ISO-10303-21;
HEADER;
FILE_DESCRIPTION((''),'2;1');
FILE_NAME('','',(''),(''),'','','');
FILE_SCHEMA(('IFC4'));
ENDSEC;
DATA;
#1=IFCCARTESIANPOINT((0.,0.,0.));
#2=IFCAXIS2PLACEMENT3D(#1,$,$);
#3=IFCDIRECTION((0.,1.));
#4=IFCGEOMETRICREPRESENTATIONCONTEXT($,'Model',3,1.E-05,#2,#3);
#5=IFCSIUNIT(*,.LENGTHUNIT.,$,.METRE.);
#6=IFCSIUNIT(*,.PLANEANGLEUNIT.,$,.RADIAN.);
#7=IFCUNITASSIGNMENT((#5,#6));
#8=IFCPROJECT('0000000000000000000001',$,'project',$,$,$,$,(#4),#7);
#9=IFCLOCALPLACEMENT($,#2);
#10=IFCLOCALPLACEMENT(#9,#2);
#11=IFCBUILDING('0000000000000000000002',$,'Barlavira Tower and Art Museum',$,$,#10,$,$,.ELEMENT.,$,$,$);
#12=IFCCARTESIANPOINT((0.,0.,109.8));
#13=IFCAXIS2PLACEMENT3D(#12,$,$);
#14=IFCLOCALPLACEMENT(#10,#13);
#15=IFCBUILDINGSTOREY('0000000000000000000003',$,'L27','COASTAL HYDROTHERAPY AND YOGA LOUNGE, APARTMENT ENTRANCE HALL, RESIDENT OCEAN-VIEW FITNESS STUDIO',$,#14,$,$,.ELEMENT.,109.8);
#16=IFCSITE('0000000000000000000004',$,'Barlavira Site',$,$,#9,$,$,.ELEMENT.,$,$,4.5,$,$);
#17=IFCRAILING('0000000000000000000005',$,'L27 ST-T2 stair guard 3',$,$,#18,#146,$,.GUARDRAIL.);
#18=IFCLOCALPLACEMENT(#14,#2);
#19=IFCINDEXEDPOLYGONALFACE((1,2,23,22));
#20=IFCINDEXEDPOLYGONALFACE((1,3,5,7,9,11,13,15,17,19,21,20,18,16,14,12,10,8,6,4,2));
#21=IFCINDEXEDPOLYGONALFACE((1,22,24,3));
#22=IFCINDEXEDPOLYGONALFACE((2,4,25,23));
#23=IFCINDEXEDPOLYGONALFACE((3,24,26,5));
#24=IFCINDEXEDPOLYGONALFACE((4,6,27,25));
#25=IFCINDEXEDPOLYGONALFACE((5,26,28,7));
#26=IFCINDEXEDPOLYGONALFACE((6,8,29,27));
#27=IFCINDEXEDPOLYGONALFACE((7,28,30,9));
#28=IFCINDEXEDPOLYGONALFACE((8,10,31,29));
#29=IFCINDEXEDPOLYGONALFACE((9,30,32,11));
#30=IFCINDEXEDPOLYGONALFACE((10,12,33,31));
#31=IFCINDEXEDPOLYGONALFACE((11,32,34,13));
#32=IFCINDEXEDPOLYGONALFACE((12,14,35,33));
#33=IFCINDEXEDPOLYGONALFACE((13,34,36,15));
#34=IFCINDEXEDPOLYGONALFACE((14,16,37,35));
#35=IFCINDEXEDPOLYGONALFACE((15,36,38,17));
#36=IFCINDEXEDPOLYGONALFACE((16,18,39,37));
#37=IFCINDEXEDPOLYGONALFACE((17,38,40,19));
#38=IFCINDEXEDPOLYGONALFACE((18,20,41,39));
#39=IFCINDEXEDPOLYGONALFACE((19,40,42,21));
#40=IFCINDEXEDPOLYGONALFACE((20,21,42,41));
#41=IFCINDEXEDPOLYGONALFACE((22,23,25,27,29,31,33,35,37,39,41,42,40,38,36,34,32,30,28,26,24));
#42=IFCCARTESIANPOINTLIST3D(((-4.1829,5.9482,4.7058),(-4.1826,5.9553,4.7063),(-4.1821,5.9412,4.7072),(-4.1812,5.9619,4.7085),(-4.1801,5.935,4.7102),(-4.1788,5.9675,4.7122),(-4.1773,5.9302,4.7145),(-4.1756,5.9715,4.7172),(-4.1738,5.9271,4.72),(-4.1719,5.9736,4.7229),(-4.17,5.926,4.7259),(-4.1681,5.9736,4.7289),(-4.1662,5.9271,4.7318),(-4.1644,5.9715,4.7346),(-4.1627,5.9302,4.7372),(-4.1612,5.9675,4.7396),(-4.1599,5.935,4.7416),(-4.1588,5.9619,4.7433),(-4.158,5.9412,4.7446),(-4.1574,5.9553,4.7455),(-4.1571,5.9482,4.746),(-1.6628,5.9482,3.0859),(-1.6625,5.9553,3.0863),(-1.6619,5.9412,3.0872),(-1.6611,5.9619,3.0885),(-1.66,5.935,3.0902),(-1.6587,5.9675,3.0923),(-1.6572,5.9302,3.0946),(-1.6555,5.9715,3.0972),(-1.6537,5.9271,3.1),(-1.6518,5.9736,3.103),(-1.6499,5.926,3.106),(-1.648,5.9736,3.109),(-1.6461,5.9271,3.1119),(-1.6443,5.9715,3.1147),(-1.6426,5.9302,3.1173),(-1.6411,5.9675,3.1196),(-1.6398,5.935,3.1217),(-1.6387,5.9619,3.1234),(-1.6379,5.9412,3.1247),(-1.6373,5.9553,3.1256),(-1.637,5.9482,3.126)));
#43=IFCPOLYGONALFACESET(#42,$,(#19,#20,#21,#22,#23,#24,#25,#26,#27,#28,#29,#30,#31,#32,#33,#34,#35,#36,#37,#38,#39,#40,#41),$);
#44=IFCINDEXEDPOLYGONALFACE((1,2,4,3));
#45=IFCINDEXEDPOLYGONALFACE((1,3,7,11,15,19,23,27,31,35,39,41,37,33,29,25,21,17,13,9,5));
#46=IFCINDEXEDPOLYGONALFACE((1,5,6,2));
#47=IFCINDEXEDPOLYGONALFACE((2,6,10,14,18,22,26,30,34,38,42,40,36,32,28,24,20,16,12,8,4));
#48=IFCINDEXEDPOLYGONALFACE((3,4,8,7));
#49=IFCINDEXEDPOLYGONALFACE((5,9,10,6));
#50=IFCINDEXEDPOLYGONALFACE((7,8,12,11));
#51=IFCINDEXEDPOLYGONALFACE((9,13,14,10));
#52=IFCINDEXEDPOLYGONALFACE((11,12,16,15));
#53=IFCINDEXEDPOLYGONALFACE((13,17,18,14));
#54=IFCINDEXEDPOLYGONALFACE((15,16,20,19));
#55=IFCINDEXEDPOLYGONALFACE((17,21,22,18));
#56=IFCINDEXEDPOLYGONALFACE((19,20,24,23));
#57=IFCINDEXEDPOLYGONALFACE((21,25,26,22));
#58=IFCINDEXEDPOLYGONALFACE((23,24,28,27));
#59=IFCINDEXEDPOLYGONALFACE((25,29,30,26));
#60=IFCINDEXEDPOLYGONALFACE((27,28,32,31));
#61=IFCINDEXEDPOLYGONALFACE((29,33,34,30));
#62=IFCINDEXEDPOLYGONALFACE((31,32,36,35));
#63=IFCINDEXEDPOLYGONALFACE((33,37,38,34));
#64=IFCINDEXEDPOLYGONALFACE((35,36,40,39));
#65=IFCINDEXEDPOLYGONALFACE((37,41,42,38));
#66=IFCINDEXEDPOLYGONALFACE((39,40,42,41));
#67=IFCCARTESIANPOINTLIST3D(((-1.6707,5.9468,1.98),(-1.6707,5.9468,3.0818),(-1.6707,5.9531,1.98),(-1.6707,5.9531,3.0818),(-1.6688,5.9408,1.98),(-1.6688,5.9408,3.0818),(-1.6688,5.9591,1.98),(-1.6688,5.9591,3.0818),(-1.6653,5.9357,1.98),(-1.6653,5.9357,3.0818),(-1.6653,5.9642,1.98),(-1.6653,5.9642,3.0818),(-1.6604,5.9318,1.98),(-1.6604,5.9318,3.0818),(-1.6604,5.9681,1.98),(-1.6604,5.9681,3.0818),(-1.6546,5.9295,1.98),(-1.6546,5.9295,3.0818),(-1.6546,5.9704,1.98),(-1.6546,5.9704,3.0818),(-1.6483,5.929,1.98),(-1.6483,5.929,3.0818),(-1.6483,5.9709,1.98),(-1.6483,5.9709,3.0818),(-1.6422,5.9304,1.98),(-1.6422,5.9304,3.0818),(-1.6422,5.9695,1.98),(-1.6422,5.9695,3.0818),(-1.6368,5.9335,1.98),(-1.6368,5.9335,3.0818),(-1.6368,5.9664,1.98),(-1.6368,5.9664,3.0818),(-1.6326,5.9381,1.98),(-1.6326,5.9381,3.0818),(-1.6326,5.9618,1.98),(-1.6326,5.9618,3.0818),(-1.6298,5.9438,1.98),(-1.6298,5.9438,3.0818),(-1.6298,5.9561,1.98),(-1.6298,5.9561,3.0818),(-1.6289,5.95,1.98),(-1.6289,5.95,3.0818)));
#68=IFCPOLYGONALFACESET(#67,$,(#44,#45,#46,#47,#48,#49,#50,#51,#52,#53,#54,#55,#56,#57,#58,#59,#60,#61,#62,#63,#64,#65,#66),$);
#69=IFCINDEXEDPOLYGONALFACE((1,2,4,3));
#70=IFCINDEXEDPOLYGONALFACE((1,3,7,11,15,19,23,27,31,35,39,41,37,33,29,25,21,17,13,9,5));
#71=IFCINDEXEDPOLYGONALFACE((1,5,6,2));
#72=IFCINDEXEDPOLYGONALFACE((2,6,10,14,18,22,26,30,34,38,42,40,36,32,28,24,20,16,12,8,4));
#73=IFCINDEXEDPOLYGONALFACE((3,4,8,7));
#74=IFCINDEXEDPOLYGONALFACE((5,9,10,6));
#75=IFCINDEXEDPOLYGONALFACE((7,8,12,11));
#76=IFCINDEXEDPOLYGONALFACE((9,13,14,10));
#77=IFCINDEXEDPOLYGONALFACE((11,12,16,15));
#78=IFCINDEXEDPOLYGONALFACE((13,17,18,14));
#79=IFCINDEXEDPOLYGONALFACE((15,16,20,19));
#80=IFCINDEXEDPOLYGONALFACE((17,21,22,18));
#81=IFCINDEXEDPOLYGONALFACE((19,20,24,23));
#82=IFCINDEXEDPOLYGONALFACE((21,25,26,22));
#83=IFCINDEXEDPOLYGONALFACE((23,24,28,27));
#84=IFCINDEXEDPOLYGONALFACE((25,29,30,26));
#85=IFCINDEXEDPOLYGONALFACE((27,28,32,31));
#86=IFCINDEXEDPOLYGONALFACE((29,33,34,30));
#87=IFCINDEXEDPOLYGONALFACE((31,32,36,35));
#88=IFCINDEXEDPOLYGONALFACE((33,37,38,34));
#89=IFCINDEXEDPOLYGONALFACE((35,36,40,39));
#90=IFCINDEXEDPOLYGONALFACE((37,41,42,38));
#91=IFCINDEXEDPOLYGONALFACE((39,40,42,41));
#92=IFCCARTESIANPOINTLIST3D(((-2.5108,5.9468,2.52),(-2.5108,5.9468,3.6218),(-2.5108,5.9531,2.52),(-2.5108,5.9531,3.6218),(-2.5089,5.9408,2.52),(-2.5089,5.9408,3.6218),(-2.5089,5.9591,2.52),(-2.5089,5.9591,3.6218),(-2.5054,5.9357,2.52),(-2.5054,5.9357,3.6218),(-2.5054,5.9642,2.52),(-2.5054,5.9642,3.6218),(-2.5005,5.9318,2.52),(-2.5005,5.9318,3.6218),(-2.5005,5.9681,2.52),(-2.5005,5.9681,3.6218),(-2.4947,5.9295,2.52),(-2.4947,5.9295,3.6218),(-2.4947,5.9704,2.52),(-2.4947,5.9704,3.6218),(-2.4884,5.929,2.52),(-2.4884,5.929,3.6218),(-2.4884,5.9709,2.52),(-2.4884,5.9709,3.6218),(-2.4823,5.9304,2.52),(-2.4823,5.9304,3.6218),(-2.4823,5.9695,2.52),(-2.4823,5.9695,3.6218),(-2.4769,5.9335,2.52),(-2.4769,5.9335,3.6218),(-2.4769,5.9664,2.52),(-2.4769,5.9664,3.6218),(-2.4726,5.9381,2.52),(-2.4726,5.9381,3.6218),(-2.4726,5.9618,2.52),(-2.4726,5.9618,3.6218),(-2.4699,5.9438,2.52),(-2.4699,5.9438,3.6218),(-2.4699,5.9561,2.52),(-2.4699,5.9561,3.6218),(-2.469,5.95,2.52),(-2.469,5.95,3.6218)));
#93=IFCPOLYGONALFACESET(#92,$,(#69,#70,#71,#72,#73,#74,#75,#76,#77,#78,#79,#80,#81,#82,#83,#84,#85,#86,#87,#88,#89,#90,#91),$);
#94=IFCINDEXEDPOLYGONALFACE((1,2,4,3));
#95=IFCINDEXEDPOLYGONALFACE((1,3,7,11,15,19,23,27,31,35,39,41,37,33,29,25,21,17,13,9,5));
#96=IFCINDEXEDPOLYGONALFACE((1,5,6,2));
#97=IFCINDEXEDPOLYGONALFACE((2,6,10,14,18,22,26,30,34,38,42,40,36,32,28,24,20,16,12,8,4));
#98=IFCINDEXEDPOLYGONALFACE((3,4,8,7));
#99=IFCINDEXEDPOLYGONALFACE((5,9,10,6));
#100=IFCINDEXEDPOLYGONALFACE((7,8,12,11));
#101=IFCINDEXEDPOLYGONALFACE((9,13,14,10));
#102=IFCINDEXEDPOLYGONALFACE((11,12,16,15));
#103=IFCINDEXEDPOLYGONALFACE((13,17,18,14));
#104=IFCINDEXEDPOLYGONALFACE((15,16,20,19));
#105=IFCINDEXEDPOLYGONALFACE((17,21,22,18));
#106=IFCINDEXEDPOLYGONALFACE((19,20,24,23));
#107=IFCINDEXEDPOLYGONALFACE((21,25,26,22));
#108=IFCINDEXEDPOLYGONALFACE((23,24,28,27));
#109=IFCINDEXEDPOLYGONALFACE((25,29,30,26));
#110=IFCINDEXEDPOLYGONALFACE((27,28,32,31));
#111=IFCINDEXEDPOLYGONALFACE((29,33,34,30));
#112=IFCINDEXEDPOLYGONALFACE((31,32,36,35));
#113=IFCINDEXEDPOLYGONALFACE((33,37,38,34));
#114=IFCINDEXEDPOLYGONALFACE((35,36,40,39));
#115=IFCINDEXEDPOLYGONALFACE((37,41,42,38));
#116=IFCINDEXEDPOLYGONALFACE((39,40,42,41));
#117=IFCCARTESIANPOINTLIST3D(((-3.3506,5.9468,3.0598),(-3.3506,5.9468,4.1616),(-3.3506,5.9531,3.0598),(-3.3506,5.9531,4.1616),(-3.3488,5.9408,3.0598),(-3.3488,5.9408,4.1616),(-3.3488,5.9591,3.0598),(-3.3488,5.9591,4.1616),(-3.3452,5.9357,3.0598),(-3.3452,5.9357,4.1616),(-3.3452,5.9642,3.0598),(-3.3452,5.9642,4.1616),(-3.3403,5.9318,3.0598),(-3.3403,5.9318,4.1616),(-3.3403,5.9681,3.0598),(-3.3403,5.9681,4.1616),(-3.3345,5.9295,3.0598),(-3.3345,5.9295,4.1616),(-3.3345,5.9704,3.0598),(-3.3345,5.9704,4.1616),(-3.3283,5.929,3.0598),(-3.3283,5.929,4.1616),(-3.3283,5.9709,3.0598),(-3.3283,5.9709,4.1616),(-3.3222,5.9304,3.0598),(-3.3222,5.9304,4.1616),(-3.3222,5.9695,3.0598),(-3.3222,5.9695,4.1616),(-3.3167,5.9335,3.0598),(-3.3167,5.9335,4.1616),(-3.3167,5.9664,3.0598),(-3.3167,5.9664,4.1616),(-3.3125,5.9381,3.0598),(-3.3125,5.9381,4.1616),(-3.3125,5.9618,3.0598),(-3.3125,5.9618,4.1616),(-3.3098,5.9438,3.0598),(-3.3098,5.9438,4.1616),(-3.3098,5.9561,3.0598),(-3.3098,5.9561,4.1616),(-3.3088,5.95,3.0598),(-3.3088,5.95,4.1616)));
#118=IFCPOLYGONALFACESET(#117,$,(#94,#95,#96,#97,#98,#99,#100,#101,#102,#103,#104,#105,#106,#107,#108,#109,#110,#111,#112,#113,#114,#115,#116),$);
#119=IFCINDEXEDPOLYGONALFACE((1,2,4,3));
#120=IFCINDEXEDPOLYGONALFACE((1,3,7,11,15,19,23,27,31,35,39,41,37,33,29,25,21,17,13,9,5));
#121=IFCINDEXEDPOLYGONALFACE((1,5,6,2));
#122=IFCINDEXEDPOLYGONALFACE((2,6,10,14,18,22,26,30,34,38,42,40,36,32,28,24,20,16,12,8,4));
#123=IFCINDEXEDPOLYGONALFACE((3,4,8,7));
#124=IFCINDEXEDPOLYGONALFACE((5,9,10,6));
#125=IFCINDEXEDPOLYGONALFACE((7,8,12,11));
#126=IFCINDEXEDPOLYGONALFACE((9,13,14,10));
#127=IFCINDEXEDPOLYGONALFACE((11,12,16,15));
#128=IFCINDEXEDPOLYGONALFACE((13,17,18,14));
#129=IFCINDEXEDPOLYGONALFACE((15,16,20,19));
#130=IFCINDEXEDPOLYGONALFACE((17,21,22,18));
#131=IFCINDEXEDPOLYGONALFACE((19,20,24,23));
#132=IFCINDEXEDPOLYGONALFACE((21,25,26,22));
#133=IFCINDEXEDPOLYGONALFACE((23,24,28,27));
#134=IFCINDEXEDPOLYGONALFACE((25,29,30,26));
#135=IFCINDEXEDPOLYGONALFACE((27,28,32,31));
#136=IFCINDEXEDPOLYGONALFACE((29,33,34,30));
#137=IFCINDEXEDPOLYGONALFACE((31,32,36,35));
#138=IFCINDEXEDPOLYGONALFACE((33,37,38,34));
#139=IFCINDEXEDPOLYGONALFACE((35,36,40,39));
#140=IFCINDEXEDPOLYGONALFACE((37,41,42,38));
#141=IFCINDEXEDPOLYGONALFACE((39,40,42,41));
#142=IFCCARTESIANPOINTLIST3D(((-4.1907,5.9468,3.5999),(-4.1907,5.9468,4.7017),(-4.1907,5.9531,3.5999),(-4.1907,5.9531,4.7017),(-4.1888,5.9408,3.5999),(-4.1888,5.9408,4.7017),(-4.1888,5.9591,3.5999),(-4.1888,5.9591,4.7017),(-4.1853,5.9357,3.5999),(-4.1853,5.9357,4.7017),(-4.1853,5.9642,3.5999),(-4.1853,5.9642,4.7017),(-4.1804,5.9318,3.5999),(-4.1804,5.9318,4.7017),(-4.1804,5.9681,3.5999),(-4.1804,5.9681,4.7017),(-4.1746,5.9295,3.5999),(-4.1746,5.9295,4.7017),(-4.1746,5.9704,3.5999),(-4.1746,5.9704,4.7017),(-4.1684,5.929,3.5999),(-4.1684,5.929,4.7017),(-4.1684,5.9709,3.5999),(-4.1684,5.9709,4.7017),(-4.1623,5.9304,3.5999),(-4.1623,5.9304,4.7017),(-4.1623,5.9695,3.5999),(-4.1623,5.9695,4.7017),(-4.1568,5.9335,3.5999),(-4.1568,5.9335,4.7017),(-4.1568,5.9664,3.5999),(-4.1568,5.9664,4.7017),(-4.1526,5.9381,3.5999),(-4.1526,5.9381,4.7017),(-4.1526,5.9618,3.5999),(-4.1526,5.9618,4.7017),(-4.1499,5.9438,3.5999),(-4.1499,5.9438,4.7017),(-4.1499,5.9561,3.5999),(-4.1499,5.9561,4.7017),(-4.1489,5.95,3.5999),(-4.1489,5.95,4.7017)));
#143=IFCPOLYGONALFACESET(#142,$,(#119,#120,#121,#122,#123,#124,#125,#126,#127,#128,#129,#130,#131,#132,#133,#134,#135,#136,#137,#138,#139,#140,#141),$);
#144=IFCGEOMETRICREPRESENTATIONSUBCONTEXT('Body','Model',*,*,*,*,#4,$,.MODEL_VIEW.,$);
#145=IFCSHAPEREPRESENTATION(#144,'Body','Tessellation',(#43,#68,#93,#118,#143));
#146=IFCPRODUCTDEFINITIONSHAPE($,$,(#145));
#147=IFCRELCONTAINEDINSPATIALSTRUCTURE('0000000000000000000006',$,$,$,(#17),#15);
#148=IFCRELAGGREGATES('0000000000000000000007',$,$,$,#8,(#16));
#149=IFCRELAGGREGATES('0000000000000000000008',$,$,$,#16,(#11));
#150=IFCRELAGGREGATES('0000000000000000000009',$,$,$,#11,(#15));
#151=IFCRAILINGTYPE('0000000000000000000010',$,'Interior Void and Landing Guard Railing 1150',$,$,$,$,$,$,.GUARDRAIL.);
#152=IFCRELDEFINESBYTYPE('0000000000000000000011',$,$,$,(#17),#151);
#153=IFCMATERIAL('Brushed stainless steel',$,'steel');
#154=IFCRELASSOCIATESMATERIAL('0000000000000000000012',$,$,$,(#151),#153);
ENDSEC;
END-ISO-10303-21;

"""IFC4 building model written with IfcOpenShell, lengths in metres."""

from ifc_helpers import new_model, si_unit, direction, frame, origin, origin_2d, place, context, subcontext, project, spatial, circle, extrude, material, type_object, element, save


model = new_model("IFC4")

# Units and contexts
model_context = context("Model", 3, precision=1e-05, world=origin(), true_north=direction((0.0, 1.0)))
body_context = subcontext(model_context, "Body", "Model", "MODEL_VIEW")
ifc_project = project(units=[si_unit("LENGTHUNIT", "METRE"), si_unit("PLANEANGLEUNIT", "RADIAN")], contexts=[model_context])

# Site, building, storey
site_placement = place(None, origin())
site = spatial("IfcSite", under=ifc_project, at=site_placement, Name="Barlavira Site", CompositionType="ELEMENT", RefElevation=4.5)
building_placement = place(site_placement, origin())
building = spatial("IfcBuilding", under=site, at=building_placement, Name="Barlavira Tower and Art Museum", CompositionType="ELEMENT")
storey_placement = place(building_placement, frame((0.0, 0.0, 109.8)))
storey = spatial("IfcBuildingStorey", under=building, at=storey_placement, Name="L27", Description="COASTAL HYDROTHERAPY AND YOGA LOUNGE, APARTMENT ENTRANCE HALL, RESIDENT OCEAN-VIEW FITNESS STUDIO", CompositionType="ELEMENT", Elevation=109.8)

# Shared definitions
ifc_material_1 = material(Name="Brushed stainless steel", Category="steel")

# Railing
railing_type_1 = type_object("IfcRailingType", Name="Interior Void and Landing Guard Railing 1150", PredefinedType="GUARDRAIL", material=ifc_material_1)
railing_1_placement = place(storey_placement, frame((-1.6499, 5.95, 1.98)))
element("IfcRailing", 1, at=railing_1_placement, inside=storey, type_object=railing_type_1, Name="L27 ST-T2 stair guard 3", PredefinedType="GUARDRAIL", context=body_context, shape_type="SweptSolid", body=[
    extrude(circle(Radius=0.0239, at=origin_2d()), frame((0.0, 0.0, 1.126), z_axis=(-0.8412, 0.0, 0.540725), x_axis=(0.0, -1.0, 0.0)), (0.0, 0.0, 1.0), 2.9958),
    extrude(circle(Radius=0.021, at=origin_2d()), origin(), (0.0, 0.0, 1.0), 1.1018),
    extrude(circle(Radius=0.021, at=origin_2d()), frame((-0.8401, 0.0, 0.54)), (0.0, 0.0, 1.0), 1.1018),
    extrude(circle(Radius=0.021, at=origin_2d()), frame((-1.6799, 0.0, 1.0798)), (0.0, 0.0, 1.0), 1.1018),
    extrude(circle(Radius=0.021, at=origin_2d()), frame((-2.52, 0.0, 1.6199)), (0.0, 0.0, 1.0), 1.1018),
])

save(model, "model.ifc")
